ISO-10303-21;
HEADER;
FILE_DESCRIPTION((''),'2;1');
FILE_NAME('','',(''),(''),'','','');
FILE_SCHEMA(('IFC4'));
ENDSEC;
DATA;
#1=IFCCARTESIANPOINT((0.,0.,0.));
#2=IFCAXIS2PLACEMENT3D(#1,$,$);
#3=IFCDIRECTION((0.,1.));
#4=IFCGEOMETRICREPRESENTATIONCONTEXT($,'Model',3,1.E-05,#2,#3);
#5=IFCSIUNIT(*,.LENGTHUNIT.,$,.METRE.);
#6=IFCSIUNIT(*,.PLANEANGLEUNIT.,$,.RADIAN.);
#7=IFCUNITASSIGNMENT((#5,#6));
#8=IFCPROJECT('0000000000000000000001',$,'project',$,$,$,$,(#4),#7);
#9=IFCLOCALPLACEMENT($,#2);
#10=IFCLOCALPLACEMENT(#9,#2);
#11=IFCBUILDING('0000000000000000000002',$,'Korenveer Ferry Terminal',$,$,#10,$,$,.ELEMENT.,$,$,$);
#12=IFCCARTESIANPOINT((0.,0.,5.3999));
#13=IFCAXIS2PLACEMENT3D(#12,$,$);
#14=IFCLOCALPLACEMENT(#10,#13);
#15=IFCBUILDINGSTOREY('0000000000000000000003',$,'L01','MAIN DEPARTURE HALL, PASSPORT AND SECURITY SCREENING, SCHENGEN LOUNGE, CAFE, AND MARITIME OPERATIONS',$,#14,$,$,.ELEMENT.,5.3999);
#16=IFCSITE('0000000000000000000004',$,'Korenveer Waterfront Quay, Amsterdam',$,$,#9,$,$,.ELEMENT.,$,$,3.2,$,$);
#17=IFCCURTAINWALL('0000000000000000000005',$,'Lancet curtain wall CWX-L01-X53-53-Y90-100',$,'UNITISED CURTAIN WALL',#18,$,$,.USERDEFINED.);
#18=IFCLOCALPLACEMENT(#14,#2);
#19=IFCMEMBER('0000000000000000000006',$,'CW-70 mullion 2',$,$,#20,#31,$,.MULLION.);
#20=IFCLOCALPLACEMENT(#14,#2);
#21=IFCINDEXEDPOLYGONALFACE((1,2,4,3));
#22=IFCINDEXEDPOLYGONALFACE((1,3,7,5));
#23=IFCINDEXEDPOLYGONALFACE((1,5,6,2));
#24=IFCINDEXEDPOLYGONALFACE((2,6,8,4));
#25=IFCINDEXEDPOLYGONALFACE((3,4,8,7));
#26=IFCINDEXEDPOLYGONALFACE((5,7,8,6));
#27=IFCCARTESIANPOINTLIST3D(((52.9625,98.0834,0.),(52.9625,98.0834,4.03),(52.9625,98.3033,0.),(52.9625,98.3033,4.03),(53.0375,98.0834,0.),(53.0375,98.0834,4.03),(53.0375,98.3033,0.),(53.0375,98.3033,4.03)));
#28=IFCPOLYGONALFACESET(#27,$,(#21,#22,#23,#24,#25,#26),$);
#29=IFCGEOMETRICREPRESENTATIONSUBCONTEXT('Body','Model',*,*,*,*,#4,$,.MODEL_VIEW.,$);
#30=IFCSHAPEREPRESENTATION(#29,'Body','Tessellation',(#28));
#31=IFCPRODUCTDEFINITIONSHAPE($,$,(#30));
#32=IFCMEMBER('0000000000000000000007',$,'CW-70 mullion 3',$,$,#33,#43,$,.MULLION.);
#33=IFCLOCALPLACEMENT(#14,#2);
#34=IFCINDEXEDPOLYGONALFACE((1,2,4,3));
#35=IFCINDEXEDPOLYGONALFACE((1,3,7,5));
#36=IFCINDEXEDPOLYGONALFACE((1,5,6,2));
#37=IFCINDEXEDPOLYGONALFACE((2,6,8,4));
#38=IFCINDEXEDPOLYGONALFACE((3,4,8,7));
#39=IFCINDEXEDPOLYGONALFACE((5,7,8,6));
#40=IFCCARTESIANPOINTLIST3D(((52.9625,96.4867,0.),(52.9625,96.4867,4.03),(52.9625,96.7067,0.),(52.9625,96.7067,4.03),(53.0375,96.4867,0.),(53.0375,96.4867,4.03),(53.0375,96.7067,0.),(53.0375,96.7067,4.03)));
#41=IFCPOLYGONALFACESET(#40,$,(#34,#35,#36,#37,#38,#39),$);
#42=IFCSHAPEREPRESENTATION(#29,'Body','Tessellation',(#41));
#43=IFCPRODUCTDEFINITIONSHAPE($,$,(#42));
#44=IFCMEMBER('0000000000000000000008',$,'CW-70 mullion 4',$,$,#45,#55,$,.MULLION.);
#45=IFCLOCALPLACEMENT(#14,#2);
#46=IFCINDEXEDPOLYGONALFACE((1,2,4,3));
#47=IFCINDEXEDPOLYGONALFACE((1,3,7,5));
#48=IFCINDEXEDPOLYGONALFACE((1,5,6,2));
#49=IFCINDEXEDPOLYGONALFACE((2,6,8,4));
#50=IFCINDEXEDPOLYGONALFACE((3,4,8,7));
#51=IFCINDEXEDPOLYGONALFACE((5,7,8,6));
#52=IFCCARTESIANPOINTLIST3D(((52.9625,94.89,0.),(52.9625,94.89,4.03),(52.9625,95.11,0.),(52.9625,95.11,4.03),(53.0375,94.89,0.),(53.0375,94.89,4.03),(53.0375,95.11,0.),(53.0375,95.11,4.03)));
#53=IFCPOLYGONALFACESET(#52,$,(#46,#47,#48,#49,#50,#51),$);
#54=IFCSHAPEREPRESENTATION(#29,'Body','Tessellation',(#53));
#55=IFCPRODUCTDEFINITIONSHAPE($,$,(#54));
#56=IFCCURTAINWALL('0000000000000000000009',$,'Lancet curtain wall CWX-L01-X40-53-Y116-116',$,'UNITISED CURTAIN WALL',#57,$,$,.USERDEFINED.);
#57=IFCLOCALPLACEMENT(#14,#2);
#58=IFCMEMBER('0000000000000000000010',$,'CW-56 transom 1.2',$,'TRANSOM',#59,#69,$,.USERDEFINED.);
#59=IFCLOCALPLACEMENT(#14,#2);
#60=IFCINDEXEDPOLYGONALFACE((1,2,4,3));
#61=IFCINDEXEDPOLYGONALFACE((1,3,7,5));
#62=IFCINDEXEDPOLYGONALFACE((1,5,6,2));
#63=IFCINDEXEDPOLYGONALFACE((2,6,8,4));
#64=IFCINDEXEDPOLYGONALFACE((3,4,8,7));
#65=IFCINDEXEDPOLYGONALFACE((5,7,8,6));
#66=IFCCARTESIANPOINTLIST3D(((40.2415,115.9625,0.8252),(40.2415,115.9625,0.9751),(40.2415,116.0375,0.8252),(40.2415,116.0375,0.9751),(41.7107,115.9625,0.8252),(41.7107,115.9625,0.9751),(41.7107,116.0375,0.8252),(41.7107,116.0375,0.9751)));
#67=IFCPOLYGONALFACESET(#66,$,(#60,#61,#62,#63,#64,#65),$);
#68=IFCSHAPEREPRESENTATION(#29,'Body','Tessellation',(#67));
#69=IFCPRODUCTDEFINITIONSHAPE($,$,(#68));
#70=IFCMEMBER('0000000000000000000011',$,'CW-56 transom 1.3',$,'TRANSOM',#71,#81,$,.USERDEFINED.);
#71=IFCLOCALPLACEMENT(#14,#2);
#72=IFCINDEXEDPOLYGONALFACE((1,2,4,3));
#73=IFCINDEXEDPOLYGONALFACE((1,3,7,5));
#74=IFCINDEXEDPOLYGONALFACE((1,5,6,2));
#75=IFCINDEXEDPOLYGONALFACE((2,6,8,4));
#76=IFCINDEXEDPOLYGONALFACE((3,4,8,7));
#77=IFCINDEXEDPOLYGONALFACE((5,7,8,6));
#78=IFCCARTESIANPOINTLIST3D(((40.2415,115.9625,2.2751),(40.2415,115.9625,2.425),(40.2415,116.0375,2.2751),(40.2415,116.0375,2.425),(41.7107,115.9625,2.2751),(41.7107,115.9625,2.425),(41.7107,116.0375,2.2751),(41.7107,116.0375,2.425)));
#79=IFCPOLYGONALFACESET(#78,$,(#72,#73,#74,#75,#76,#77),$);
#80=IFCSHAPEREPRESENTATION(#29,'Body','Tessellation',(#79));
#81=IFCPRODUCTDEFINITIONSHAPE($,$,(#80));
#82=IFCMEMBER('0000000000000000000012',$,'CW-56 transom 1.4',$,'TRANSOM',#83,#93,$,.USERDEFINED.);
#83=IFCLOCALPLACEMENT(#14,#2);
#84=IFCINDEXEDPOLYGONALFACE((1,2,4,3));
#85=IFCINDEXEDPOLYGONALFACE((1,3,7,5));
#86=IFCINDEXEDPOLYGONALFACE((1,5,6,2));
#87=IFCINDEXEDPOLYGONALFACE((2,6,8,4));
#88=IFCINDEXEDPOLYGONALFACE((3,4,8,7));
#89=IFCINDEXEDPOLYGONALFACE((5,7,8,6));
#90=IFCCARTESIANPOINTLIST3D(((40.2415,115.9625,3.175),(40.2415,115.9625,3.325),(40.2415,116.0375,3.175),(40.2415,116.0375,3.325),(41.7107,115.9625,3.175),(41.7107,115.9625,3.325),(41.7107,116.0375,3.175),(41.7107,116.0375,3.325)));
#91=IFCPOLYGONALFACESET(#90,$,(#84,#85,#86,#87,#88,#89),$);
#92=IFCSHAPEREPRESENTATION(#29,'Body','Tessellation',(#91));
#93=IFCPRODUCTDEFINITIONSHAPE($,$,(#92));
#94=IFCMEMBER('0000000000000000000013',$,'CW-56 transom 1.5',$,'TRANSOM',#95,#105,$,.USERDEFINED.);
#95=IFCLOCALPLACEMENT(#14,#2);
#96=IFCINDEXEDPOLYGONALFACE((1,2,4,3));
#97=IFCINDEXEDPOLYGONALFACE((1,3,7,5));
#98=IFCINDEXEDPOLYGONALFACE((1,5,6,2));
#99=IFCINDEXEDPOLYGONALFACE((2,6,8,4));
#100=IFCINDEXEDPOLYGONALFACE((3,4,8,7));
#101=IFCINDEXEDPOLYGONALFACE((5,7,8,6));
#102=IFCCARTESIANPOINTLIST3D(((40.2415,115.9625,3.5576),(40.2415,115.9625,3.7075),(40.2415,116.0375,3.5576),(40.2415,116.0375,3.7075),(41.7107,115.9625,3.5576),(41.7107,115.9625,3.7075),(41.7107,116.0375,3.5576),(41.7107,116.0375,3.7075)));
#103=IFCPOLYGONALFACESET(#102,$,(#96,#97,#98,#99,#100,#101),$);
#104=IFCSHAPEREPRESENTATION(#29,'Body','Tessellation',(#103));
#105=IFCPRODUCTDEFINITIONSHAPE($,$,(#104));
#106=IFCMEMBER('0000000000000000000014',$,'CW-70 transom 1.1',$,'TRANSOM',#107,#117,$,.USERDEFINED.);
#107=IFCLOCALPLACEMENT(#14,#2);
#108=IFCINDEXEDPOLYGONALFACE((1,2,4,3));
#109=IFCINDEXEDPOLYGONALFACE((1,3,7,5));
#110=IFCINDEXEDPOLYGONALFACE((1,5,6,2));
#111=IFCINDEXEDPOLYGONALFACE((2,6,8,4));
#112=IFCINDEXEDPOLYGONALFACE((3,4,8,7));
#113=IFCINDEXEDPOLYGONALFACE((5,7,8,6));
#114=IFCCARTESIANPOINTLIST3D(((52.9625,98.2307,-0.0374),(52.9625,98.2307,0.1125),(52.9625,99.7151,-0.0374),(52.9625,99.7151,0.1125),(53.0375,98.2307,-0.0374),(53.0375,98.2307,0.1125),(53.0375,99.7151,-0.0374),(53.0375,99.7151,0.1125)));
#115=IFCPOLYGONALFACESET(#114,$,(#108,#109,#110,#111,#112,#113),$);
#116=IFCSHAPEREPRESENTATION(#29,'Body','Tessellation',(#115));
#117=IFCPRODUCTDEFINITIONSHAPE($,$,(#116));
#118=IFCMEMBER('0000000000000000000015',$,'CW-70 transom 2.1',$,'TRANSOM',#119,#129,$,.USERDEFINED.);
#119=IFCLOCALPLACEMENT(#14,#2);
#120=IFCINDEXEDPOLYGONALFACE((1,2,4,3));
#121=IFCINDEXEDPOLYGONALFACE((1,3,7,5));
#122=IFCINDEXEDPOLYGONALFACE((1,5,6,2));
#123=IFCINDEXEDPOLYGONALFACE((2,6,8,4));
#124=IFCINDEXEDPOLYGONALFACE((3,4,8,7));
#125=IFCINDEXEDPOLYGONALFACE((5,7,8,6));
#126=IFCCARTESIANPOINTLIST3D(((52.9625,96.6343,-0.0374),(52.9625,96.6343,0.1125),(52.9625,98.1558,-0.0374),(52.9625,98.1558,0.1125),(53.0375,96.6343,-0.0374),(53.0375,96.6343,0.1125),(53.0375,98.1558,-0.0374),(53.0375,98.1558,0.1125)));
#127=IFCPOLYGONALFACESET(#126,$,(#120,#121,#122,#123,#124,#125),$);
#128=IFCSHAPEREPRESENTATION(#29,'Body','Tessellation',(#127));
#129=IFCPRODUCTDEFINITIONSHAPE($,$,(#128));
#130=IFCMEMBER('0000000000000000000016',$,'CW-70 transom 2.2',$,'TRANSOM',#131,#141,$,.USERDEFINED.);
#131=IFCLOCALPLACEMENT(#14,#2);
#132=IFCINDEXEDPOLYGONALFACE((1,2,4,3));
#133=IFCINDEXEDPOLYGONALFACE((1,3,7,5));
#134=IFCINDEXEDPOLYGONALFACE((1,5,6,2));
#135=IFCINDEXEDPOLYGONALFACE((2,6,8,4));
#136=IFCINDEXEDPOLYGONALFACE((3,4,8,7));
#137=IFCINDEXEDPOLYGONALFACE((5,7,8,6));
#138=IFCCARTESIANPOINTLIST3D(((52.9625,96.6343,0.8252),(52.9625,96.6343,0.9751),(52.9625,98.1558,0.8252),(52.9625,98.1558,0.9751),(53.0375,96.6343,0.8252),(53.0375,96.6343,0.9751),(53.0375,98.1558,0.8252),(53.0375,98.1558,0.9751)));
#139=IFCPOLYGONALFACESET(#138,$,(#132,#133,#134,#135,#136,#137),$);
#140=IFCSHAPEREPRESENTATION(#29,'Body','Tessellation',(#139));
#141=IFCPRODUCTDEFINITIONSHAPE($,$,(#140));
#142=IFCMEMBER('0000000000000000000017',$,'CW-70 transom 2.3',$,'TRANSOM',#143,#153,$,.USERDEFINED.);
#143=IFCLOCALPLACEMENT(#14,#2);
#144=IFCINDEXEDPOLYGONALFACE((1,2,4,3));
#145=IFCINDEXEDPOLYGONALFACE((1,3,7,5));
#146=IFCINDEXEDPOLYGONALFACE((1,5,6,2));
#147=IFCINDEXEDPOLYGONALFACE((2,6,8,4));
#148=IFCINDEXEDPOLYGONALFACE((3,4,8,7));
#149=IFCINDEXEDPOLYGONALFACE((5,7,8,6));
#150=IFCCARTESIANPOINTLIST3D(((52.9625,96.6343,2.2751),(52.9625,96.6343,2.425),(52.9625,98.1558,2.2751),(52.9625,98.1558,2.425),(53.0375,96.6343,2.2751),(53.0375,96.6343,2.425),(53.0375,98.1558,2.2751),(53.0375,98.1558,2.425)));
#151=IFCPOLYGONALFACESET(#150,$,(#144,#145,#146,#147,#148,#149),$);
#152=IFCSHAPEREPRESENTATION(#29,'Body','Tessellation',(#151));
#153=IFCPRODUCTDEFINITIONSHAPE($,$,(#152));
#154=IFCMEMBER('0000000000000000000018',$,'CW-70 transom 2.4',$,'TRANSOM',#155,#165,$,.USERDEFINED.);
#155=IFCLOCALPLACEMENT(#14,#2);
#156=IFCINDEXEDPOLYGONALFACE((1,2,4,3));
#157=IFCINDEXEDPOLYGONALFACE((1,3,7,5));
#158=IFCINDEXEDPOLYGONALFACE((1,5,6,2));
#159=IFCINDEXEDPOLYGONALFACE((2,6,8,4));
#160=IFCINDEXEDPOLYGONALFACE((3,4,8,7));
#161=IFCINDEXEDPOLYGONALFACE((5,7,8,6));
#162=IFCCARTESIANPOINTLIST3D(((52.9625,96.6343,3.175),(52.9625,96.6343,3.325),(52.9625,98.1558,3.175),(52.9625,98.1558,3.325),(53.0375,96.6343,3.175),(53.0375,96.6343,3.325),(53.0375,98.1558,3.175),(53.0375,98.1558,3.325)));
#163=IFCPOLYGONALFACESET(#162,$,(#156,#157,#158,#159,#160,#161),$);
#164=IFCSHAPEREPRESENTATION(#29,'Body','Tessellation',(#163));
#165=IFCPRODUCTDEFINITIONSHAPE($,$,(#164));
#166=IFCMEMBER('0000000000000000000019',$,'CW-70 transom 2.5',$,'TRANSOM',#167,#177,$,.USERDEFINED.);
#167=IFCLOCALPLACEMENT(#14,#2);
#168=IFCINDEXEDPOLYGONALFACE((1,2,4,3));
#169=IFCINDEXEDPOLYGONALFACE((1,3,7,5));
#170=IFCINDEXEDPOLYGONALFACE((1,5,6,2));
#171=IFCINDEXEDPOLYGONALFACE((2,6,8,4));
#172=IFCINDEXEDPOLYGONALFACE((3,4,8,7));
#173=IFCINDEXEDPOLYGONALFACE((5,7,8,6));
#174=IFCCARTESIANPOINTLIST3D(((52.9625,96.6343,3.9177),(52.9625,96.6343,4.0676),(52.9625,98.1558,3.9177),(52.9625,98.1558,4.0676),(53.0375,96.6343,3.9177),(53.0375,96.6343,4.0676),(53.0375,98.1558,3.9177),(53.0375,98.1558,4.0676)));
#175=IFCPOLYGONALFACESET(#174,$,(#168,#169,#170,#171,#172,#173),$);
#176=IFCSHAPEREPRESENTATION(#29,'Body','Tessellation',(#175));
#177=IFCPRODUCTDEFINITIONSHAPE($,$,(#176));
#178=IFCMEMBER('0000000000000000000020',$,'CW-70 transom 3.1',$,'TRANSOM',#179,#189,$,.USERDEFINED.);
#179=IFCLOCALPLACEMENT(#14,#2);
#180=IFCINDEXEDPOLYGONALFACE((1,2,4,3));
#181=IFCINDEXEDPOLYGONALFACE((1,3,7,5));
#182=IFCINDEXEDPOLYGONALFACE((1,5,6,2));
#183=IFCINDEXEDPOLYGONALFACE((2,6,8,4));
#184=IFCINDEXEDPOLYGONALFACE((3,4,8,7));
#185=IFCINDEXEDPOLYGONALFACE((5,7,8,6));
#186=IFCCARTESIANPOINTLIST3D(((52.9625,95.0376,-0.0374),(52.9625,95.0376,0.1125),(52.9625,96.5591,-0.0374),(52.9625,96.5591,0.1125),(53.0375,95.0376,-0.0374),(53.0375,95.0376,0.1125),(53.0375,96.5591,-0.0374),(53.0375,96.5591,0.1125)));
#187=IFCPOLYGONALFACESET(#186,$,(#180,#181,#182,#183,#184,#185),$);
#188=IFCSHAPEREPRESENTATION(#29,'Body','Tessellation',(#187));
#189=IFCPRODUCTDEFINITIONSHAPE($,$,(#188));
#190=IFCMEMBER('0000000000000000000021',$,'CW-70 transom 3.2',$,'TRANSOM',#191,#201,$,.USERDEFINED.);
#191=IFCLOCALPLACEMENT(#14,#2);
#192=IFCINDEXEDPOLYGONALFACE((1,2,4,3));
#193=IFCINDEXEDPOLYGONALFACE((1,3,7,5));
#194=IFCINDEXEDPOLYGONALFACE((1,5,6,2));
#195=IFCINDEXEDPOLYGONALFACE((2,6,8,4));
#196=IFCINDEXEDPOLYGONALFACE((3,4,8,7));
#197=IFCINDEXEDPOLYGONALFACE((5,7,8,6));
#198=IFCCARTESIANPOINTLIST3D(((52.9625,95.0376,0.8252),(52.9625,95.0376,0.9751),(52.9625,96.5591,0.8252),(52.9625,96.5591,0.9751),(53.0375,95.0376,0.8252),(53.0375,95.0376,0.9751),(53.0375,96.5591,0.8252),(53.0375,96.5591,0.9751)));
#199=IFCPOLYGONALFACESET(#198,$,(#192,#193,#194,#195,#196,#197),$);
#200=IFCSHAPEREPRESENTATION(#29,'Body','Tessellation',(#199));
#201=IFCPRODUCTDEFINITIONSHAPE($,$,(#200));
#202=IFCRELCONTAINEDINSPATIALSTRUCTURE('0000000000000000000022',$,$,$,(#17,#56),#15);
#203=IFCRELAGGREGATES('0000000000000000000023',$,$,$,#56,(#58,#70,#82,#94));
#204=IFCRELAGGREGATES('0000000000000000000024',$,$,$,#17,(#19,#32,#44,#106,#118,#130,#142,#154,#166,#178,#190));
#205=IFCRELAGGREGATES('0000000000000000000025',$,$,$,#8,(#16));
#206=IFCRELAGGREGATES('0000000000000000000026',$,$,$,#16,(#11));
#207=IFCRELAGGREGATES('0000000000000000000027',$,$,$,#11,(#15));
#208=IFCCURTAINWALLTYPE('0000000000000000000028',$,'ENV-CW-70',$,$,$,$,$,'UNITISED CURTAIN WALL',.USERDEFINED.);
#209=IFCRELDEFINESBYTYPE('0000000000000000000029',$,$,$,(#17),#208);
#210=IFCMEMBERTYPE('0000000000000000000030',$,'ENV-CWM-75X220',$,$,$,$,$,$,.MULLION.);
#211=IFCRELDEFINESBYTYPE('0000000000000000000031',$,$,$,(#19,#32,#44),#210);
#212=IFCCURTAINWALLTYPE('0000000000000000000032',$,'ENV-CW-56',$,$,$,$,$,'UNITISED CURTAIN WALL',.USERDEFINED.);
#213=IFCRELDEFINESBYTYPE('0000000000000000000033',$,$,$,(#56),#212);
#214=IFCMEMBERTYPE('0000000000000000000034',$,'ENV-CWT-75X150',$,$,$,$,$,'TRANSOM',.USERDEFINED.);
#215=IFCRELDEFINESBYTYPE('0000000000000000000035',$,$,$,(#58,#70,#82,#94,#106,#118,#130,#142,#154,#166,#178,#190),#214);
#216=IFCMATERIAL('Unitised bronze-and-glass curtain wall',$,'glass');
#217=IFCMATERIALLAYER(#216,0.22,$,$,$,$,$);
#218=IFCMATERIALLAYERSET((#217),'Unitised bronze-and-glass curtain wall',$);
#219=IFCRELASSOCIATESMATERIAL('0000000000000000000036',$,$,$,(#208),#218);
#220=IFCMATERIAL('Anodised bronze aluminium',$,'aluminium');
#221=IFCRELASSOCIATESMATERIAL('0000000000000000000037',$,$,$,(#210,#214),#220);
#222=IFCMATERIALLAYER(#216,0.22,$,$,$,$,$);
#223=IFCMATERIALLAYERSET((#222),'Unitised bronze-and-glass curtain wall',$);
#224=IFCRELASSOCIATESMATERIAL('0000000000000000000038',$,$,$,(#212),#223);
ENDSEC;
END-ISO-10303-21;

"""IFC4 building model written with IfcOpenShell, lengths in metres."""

from ifc_helpers import new_model, si_unit, direction, frame, origin, origin_2d, place, context, subcontext, project, spatial, rectangle, extrude, material, layer, layer_set, material_profile, profile_set, type_object, element, aggregate, save


model = new_model("IFC4")

# Units and contexts
model_context = context("Model", 3, precision=1e-05, world=origin(), true_north=direction((0.0, 1.0)))
body_context = subcontext(model_context, "Body", "Model", "MODEL_VIEW")
ifc_project = project(units=[si_unit("LENGTHUNIT", "METRE"), si_unit("PLANEANGLEUNIT", "RADIAN")], contexts=[model_context])

# Site, building, storey
site_placement = place(None, origin())
site = spatial("IfcSite", under=ifc_project, at=site_placement, Name="Korenveer Waterfront Quay, Amsterdam", CompositionType="ELEMENT", RefElevation=3.2)
building_placement = place(site_placement, origin())
building = spatial("IfcBuilding", under=site, at=building_placement, Name="Korenveer Ferry Terminal", CompositionType="ELEMENT")
storey_placement = place(building_placement, frame((0.0, 0.0, 5.3999)))
storey = spatial("IfcBuildingStorey", under=building, at=storey_placement, Name="L01", Description="MAIN DEPARTURE HALL, PASSPORT AND SECURITY SCREENING, SCHENGEN LOUNGE, CAFE, AND MARITIME OPERATIONS", CompositionType="ELEMENT", Elevation=5.3999)

# Curtain walls, members
ifc_material_1 = material(Name="Unitised bronze-and-glass curtain wall", Category="glass")
ifc_layer_1 = layer(ifc_material_1, 0.22)
ifc_layer_set_1 = layer_set([ifc_layer_1], Name="Unitised bronze-and-glass curtain wall")
curtain_wall_type_1 = type_object("IfcCurtainWallType", Name="ENV-CW-70", ElementType="UNITISED CURTAIN WALL", PredefinedType="USERDEFINED", material=ifc_layer_set_1)
curtain_wall_1_placement = place(storey_placement, frame((53.0, 99.79, 0.0)))
curtain_wall_1 = element("IfcCurtainWall", 1, at=curtain_wall_1_placement, inside=storey, type_object=curtain_wall_type_1, Name="Lancet curtain wall CWX-L01-X53-53-Y90-100", ObjectType="UNITISED CURTAIN WALL", PredefinedType="USERDEFINED")
ifc_material_2 = material(Name="Anodised bronze aluminium", Category="aluminium")
ifc_material_profile_1 = material_profile(ifc_material_2, rectangle(XDim=0.075, YDim=0.22, at=origin_2d()), Name="ALU 75x220")
ifc_profile_set_1 = profile_set([ifc_material_profile_1], Name="Anodised bronze aluminium")
member_type_1 = type_object("IfcMemberType", Name="ENV-CWM-75X220", PredefinedType="MULLION", material=ifc_profile_set_1)
member_1_placement = place(storey_placement, frame((53.0, 98.1934, 0.0), z_axis=(0.0, 0.0, 1.0), x_axis=(1.0, 0.0, 0.0)))
member_1 = element("IfcMember", 2, at=member_1_placement, type_object=member_type_1, Name="CW-70 mullion 2", PredefinedType="MULLION", context=body_context, shape_type="SweptSolid", body=[
    extrude(rectangle(XDim=0.075, YDim=0.22, at=origin_2d()), origin(), (0.0, 0.0, 1.0), 4.03),
])
member_2_placement = place(storey_placement, frame((53.0, 96.5967, 0.0), z_axis=(0.0, 0.0, 1.0), x_axis=(1.0, 0.0, 0.0)))
member_2 = element("IfcMember", 3, at=member_2_placement, type_object=member_type_1, Name="CW-70 mullion 3", PredefinedType="MULLION", context=body_context, shape_type="SweptSolid", body=[
    extrude(rectangle(XDim=0.075, YDim=0.22, at=origin_2d()), origin(), (0.0, 0.0, 1.0), 4.03),
])
member_3_placement = place(storey_placement, frame((53.0, 95.0, 0.0), z_axis=(0.0, 0.0, 1.0), x_axis=(1.0, 0.0, 0.0)))
member_3 = element("IfcMember", 4, at=member_3_placement, type_object=member_type_1, Name="CW-70 mullion 4", PredefinedType="MULLION", context=body_context, shape_type="SweptSolid", body=[
    extrude(rectangle(XDim=0.075, YDim=0.22, at=origin_2d()), origin(), (0.0, 0.0, 1.0), 4.03),
])
ifc_layer_2 = layer(ifc_material_1, 0.22)
ifc_layer_set_2 = layer_set([ifc_layer_2], Name="Unitised bronze-and-glass curtain wall")
curtain_wall_type_2 = type_object("IfcCurtainWallType", Name="ENV-CW-56", ElementType="UNITISED CURTAIN WALL", PredefinedType="USERDEFINED", material=ifc_layer_set_2)
curtain_wall_2_placement = place(storey_placement, frame((40.1665, 116.0, 0.0)))
curtain_wall_2 = element("IfcCurtainWall", 5, at=curtain_wall_2_placement, inside=storey, type_object=curtain_wall_type_2, Name="Lancet curtain wall CWX-L01-X40-53-Y116-116", ObjectType="UNITISED CURTAIN WALL", PredefinedType="USERDEFINED")
ifc_material_profile_2 = material_profile(ifc_material_2, rectangle(XDim=0.075, YDim=0.1499, at=origin_2d()), Name="ALU 75x150")
ifc_profile_set_2 = profile_set([ifc_material_profile_2], Name="Anodised bronze aluminium")
member_type_2 = type_object("IfcMemberType", Name="ENV-CWT-75X150", ElementType="TRANSOM", PredefinedType="USERDEFINED", material=ifc_profile_set_2)
member_4_placement = place(storey_placement, frame((40.2415, 116.0, 0.9001), z_axis=(1.0, 0.0, 0.0), x_axis=(0.0, 1.0, 0.0)))
member_4 = element("IfcMember", 6, at=member_4_placement, type_object=member_type_2, Name="CW-56 transom 1.2", ObjectType="TRANSOM", PredefinedType="USERDEFINED", context=body_context, shape_type="SweptSolid", body=[
    extrude(rectangle(XDim=0.075, YDim=0.1499, at=origin_2d()), origin(), (0.0, 0.0, 1.0), 1.4692),
])
member_5_placement = place(storey_placement, frame((40.2415, 116.0, 2.3501), z_axis=(1.0, 0.0, 0.0), x_axis=(0.0, 1.0, 0.0)))
member_5 = element("IfcMember", 7, at=member_5_placement, type_object=member_type_2, Name="CW-56 transom 1.3", ObjectType="TRANSOM", PredefinedType="USERDEFINED", context=body_context, shape_type="SweptSolid", body=[
    extrude(rectangle(XDim=0.075, YDim=0.1499, at=origin_2d()), origin(), (0.0, 0.0, 1.0), 1.4692),
])
member_6_placement = place(storey_placement, frame((40.2415, 116.0, 3.25), z_axis=(1.0, 0.0, 0.0), x_axis=(0.0, 1.0, 0.0)))
member_6 = element("IfcMember", 8, at=member_6_placement, type_object=member_type_2, Name="CW-56 transom 1.4", ObjectType="TRANSOM", PredefinedType="USERDEFINED", context=body_context, shape_type="SweptSolid", body=[
    extrude(rectangle(XDim=0.075, YDim=0.1499, at=origin_2d()), origin(), (0.0, 0.0, 1.0), 1.4692),
])
member_7_placement = place(storey_placement, frame((40.2415, 116.0, 3.6326), z_axis=(1.0, 0.0, 0.0), x_axis=(0.0, 1.0, 0.0)))
member_7 = element("IfcMember", 9, at=member_7_placement, type_object=member_type_2, Name="CW-56 transom 1.5", ObjectType="TRANSOM", PredefinedType="USERDEFINED", context=body_context, shape_type="SweptSolid", body=[
    extrude(rectangle(XDim=0.075, YDim=0.1499, at=origin_2d()), origin(), (0.0, 0.0, 1.0), 1.4692),
])

# Members
member_8_placement = place(storey_placement, frame((53.0, 99.7151, 0.0376), z_axis=(0.0, -1.0, 0.0), x_axis=(1.0, 0.0, 0.0)))
member_8 = element("IfcMember", 10, at=member_8_placement, type_object=member_type_2, Name="CW-70 transom 1.1", ObjectType="TRANSOM", PredefinedType="USERDEFINED", context=body_context, shape_type="SweptSolid", body=[
    extrude(rectangle(XDim=0.075, YDim=0.1499, at=origin_2d()), origin(), (0.0, 0.0, 1.0), 1.4844),
])
member_9_placement = place(storey_placement, frame((53.0, 98.1558, 0.0376), z_axis=(0.0, -1.0, 0.0), x_axis=(1.0, 0.0, 0.0)))
member_9 = element("IfcMember", 11, at=member_9_placement, type_object=member_type_2, Name="CW-70 transom 2.1", ObjectType="TRANSOM", PredefinedType="USERDEFINED", context=body_context, shape_type="SweptSolid", body=[
    extrude(rectangle(XDim=0.075, YDim=0.1499, at=origin_2d()), origin(), (0.0, 0.0, 1.0), 1.5215),
])
member_10_placement = place(storey_placement, frame((53.0, 98.1558, 0.9001), z_axis=(0.0, -1.0, 0.0), x_axis=(1.0, 0.0, 0.0)))
member_10 = element("IfcMember", 12, at=member_10_placement, type_object=member_type_2, Name="CW-70 transom 2.2", ObjectType="TRANSOM", PredefinedType="USERDEFINED", context=body_context, shape_type="SweptSolid", body=[
    extrude(rectangle(XDim=0.075, YDim=0.1499, at=origin_2d()), origin(), (0.0, 0.0, 1.0), 1.5215),
])
member_11_placement = place(storey_placement, frame((53.0, 98.1558, 2.3501), z_axis=(0.0, -1.0, 0.0), x_axis=(1.0, 0.0, 0.0)))
member_11 = element("IfcMember", 13, at=member_11_placement, type_object=member_type_2, Name="CW-70 transom 2.3", ObjectType="TRANSOM", PredefinedType="USERDEFINED", context=body_context, shape_type="SweptSolid", body=[
    extrude(rectangle(XDim=0.075, YDim=0.1499, at=origin_2d()), origin(), (0.0, 0.0, 1.0), 1.5215),
])
member_12_placement = place(storey_placement, frame((53.0, 98.1558, 3.25), z_axis=(0.0, -1.0, 0.0), x_axis=(1.0, 0.0, 0.0)))
member_12 = element("IfcMember", 14, at=member_12_placement, type_object=member_type_2, Name="CW-70 transom 2.4", ObjectType="TRANSOM", PredefinedType="USERDEFINED", context=body_context, shape_type="SweptSolid", body=[
    extrude(rectangle(XDim=0.075, YDim=0.1499, at=origin_2d()), origin(), (0.0, 0.0, 1.0), 1.5215),
])
member_13_placement = place(storey_placement, frame((53.0, 98.1558, 3.9927), z_axis=(0.0, -1.0, 0.0), x_axis=(1.0, 0.0, 0.0)))
member_13 = element("IfcMember", 15, at=member_13_placement, type_object=member_type_2, Name="CW-70 transom 2.5", ObjectType="TRANSOM", PredefinedType="USERDEFINED", context=body_context, shape_type="SweptSolid", body=[
    extrude(rectangle(XDim=0.075, YDim=0.1499, at=origin_2d()), origin(), (0.0, 0.0, 1.0), 1.5215),
])
member_14_placement = place(storey_placement, frame((53.0, 96.5591, 0.0376), z_axis=(0.0, -1.0, 0.0), x_axis=(1.0, 0.0, 0.0)))
member_14 = element("IfcMember", 16, at=member_14_placement, type_object=member_type_2, Name="CW-70 transom 3.1", ObjectType="TRANSOM", PredefinedType="USERDEFINED", context=body_context, shape_type="SweptSolid", body=[
    extrude(rectangle(XDim=0.075, YDim=0.1499, at=origin_2d()), origin(), (0.0, 0.0, 1.0), 1.5215),
])
member_15_placement = place(storey_placement, frame((53.0, 96.5591, 0.9001), z_axis=(0.0, -1.0, 0.0), x_axis=(1.0, 0.0, 0.0)))
member_15 = element("IfcMember", 17, at=member_15_placement, type_object=member_type_2, Name="CW-70 transom 3.2", ObjectType="TRANSOM", PredefinedType="USERDEFINED", context=body_context, shape_type="SweptSolid", body=[
    extrude(rectangle(XDim=0.075, YDim=0.1499, at=origin_2d()), origin(), (0.0, 0.0, 1.0), 1.5215),
])

aggregate(curtain_wall_2, [member_4, member_5, member_6, member_7])
aggregate(curtain_wall_1, [member_1, member_2, member_3, member_8, member_9, member_10, member_11, member_12, member_13, member_14, member_15])

save(model, "model.ifc")
